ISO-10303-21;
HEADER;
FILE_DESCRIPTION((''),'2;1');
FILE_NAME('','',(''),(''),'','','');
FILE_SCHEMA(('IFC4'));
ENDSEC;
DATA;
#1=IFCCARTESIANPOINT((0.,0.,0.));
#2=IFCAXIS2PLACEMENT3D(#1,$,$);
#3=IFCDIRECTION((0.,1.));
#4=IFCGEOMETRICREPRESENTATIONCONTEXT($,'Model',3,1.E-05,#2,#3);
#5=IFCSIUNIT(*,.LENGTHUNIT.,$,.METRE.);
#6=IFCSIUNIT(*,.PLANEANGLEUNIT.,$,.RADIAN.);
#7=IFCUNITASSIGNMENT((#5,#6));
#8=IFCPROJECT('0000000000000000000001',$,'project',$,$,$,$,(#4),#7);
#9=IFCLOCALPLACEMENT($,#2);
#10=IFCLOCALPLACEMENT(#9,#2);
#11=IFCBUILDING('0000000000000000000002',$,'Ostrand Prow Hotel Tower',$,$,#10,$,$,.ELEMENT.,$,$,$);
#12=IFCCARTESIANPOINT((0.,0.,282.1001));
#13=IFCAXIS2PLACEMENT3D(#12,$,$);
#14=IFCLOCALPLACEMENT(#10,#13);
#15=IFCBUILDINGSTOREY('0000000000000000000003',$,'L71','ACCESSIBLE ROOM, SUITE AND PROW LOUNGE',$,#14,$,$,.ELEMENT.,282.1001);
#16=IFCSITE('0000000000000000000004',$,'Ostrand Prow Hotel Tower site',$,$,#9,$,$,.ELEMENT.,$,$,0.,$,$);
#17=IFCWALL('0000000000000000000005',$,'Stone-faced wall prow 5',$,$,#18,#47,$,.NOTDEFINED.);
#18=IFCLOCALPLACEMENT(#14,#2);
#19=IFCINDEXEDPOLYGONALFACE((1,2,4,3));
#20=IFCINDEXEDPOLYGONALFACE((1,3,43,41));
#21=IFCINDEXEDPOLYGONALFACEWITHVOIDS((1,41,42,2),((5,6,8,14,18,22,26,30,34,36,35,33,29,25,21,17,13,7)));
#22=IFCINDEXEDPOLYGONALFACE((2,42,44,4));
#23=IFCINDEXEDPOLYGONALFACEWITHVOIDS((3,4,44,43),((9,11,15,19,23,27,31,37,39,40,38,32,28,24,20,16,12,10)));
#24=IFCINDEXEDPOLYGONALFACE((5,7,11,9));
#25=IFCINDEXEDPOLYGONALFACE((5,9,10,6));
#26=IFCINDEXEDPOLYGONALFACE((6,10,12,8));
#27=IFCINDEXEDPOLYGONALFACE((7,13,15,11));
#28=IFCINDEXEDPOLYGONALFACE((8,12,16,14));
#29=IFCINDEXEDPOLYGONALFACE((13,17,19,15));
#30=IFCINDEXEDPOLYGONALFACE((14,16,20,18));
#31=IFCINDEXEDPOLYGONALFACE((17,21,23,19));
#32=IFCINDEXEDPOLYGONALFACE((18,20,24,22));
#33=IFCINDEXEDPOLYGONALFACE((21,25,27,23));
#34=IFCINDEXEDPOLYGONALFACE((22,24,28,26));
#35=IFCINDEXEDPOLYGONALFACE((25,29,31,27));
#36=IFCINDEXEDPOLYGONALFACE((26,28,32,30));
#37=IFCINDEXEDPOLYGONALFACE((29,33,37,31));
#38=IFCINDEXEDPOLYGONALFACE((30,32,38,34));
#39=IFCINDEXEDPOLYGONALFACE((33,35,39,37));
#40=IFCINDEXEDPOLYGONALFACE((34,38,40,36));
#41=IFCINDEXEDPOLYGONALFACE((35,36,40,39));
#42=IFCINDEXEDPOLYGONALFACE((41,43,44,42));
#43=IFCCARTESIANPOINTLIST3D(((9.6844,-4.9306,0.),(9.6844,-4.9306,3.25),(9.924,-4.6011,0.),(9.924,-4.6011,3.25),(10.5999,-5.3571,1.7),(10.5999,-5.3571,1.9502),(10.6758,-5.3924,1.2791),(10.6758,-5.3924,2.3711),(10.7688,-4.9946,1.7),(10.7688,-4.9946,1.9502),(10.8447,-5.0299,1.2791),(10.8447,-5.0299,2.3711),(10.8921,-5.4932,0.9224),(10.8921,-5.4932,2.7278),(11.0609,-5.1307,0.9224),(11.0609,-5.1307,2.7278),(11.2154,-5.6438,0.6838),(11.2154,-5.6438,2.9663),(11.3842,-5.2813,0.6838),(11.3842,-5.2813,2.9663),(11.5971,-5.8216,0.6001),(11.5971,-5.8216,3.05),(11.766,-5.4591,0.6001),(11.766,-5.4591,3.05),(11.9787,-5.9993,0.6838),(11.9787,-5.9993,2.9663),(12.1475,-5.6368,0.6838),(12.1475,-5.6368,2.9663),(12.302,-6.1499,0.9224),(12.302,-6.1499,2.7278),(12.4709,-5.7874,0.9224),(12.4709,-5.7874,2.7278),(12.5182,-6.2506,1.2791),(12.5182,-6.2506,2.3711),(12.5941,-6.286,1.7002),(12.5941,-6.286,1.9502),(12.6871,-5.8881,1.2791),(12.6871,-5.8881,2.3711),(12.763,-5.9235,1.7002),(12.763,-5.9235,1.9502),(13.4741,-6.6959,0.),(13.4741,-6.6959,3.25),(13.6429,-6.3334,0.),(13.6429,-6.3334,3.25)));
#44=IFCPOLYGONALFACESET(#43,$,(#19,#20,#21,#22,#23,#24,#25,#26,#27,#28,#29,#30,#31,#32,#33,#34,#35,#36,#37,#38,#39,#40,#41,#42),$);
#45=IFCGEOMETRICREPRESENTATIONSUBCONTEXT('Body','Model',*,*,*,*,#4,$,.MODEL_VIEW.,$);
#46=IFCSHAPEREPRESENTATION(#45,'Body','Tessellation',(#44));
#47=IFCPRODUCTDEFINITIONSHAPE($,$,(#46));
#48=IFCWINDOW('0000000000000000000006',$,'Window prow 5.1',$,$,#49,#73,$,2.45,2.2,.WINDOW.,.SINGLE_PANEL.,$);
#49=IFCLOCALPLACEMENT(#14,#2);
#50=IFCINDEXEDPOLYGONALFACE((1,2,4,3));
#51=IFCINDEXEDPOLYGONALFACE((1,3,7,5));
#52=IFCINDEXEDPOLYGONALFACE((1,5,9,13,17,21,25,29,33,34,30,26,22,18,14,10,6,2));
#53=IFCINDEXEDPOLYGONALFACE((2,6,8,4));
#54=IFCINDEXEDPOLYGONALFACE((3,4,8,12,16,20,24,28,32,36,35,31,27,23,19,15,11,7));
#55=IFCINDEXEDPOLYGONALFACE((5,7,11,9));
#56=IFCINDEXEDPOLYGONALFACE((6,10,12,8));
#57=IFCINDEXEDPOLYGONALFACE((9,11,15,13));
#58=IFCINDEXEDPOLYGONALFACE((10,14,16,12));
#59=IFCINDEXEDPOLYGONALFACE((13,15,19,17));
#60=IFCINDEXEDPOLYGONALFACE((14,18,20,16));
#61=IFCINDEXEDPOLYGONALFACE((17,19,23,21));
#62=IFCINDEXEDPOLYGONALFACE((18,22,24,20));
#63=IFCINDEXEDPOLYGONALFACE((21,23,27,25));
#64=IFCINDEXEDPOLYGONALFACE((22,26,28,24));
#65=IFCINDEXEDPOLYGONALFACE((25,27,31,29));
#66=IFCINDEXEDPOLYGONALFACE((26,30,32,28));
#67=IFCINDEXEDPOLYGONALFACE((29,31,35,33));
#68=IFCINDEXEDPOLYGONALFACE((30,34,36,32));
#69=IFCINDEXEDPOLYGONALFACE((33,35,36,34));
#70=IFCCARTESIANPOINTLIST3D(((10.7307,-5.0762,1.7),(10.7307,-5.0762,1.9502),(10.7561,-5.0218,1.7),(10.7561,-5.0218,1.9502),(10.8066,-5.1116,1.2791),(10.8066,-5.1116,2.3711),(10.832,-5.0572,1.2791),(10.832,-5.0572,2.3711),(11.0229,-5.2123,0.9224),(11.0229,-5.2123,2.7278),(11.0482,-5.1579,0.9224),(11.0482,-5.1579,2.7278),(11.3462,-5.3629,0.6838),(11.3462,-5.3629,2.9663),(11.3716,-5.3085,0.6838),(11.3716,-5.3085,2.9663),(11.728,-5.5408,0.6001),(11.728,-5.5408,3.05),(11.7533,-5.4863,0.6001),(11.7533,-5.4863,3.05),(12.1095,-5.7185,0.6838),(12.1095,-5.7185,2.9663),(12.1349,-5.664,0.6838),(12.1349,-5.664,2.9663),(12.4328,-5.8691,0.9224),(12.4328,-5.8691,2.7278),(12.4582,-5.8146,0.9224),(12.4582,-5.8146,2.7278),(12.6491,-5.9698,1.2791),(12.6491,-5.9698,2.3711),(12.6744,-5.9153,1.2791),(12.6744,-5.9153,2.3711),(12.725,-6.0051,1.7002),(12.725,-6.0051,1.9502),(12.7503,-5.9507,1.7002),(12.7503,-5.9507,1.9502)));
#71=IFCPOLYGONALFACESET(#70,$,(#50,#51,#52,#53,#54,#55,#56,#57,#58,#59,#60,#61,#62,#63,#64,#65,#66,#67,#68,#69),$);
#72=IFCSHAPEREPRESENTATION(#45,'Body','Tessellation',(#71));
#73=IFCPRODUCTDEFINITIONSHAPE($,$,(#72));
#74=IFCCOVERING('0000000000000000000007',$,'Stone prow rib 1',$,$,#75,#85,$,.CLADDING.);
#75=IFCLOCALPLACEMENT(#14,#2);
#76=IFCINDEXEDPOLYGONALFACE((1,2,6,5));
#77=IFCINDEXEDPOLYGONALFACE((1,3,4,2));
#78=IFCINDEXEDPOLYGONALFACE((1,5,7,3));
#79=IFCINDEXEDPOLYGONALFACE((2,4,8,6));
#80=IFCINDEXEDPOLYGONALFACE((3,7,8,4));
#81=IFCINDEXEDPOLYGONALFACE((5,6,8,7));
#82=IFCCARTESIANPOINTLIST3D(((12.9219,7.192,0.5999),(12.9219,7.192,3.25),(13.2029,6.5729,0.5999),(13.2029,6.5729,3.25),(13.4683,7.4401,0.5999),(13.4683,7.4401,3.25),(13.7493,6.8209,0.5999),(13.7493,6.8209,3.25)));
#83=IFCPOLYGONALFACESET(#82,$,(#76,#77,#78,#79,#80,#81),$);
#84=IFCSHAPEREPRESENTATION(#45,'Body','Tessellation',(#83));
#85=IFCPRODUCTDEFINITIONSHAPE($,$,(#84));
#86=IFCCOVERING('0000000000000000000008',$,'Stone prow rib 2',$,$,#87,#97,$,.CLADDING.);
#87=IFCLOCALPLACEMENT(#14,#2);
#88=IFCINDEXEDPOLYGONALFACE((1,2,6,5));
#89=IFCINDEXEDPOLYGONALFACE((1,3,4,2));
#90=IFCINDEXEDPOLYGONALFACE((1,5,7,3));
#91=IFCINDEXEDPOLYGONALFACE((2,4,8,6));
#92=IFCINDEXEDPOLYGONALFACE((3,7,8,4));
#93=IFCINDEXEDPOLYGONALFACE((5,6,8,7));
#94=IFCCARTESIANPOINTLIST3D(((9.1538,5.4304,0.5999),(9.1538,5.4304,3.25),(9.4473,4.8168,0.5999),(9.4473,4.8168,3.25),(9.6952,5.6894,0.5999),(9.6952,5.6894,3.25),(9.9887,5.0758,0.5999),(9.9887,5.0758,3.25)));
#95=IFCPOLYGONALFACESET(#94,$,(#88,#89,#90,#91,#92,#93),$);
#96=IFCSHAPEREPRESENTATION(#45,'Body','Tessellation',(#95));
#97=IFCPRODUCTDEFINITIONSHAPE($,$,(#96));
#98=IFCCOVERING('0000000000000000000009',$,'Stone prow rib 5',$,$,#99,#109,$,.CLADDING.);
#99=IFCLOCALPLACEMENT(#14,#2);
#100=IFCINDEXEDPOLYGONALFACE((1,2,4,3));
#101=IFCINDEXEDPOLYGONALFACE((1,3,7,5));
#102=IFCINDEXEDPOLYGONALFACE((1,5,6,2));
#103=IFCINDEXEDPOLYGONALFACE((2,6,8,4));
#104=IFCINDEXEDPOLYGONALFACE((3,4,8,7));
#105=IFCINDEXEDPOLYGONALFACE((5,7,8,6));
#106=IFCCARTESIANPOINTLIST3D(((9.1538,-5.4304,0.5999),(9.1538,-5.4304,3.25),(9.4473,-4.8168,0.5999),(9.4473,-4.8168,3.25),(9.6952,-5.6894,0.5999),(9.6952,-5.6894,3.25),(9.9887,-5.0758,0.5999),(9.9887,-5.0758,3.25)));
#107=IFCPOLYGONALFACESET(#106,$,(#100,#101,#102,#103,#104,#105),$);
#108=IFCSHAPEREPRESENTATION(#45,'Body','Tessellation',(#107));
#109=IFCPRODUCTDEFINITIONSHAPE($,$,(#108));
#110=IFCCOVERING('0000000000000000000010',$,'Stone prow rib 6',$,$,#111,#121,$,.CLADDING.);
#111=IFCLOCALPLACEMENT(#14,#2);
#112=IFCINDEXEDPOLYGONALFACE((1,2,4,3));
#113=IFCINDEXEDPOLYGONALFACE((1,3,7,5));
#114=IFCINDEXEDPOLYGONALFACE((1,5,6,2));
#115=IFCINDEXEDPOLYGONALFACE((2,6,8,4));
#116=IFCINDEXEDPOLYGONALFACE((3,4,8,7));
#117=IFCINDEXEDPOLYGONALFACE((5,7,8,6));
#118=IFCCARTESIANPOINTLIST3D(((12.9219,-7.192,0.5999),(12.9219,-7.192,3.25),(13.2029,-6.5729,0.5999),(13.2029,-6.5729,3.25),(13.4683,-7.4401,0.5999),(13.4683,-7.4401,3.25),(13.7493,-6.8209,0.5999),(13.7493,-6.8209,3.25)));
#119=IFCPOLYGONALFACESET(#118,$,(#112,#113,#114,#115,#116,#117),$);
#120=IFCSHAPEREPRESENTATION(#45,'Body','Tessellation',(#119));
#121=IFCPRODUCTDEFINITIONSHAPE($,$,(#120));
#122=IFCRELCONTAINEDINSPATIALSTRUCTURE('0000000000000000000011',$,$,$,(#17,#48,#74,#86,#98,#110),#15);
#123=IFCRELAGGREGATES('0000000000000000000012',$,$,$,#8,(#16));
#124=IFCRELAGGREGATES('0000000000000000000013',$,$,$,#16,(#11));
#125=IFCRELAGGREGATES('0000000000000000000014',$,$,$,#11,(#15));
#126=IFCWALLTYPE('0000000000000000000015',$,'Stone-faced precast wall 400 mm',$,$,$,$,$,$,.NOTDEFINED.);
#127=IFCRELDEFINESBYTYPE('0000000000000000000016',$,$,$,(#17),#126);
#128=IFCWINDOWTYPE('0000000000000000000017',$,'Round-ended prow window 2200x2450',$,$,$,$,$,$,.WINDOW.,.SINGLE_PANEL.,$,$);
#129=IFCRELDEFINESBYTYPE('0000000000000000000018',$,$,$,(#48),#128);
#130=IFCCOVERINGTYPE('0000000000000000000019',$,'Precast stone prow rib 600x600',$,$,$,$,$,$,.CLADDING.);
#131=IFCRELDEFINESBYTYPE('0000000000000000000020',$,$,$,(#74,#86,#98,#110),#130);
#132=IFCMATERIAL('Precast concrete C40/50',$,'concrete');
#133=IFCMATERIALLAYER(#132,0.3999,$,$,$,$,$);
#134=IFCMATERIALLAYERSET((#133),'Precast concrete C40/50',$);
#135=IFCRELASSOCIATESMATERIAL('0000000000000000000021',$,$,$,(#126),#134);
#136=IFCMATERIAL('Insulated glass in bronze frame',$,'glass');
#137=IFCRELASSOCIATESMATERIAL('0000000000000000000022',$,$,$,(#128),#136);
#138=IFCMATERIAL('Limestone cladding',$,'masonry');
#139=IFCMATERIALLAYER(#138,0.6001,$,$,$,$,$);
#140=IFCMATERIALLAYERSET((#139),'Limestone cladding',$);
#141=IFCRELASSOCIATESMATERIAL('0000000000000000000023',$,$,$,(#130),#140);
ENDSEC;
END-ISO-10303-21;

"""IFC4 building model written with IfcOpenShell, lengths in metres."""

from ifc_helpers import new_model, si_unit, direction, frame, frame_2d, origin, place, context, subcontext, project, spatial, polyline, rectangle, outline, extrude, material, layer, layer_set, type_object, element, fill, save


model = new_model("IFC4")

# Units and contexts
model_context = context("Model", 3, precision=1e-05, world=origin(), true_north=direction((0.0, 1.0)))
body_context = subcontext(model_context, "Body", "Model", "MODEL_VIEW")
ifc_project = project(units=[si_unit("LENGTHUNIT", "METRE"), si_unit("PLANEANGLEUNIT", "RADIAN")], contexts=[model_context])

# Site, building, storey
site_placement = place(None, origin())
site = spatial("IfcSite", under=ifc_project, at=site_placement, Name="Ostrand Prow Hotel Tower site", CompositionType="ELEMENT", RefElevation=0.0)
building_placement = place(site_placement, origin())
building = spatial("IfcBuilding", under=site, at=building_placement, Name="Ostrand Prow Hotel Tower", CompositionType="ELEMENT")
storey_placement = place(building_placement, frame((0.0, 0.0, 282.1001)))
storey = spatial("IfcBuildingStorey", under=building, at=storey_placement, Name="L71", Description="ACCESSIBLE ROOM, SUITE AND PROW LOUNGE", CompositionType="ELEMENT", Elevation=282.1001)

# Wall, opening, window
ifc_material_1 = material(Name="Precast concrete C40/50", Category="concrete")
ifc_layer_1 = layer(ifc_material_1, 0.3999)
ifc_layer_set_1 = layer_set([ifc_layer_1], Name="Precast concrete C40/50")
wall_type_1 = type_object("IfcWallType", Name="Stone-faced precast wall 400 mm", PredefinedType="NOTDEFINED", material=ifc_layer_set_1)
ifc_material_2 = material(Name="Insulated glass in bronze frame", Category="glass")
window_type = type_object("IfcWindowType", Name="Round-ended prow window 2200x2450", PartitioningType="SINGLE_PANEL", PredefinedType="WINDOW", material=ifc_material_2)
wall_1_placement = place(storey_placement, frame((9.8042, -4.7659, 0.0), z_axis=(0.0, 0.0, 1.0), x_axis=(0.906486, -0.422237, 0.0)))
wall_1 = element("IfcWall", 1, at=wall_1_placement, inside=storey, type_object=wall_type_1, Name="Stone-faced wall prow 5", PredefinedType="NOTDEFINED", context=body_context, shape_type="SweptSolid", body=[
    extrude(outline(polyline([(-0.0391, -0.2), (4.1416, -0.2), (4.1416, 0.2), (0.0391, 0.2), (-0.0391, -0.2)])), origin(), (0.0, 0.0, 1.0), 3.25),
])
opening_1_placement = place(wall_1_placement, frame((0.9709, 0.0, 0.6001)))
opening_1 = element("IfcOpeningElement", 2, at=opening_1_placement, cuts=wall_1, PredefinedType="OPENING", context=body_context, shape_type="SweptSolid", body=[
    extrude(outline(polyline([(0.0, 1.3501), (0.0837, 1.771), (0.3223, 2.1277), (0.679, 2.3662), (1.1001, 2.45), (1.521, 2.3662), (1.8777, 2.1277), (2.1162, 1.771), (2.2, 1.3501), (2.2, 1.1001), (2.1162, 0.679), (1.8777, 0.3223), (1.521, 0.0837), (1.1001, 0.0), (0.679, 0.0837), (0.3223, 0.3223), (0.0837, 0.679), (0.0, 1.0999), (0.0, 1.3501)])), frame((0.0, 0.21, 0.0), z_axis=(0.0, -1.0, 0.0), x_axis=(1.0, 0.0, 0.0)), (0.0, 0.0, 1.0), 0.4199),
])
window_1_placement = place(opening_1_placement, origin())
window_1 = element("IfcWindow", 3, at=window_1_placement, inside=storey, type_object=window_type, Name="Window prow 5.1", OverallHeight=2.45, OverallWidth=2.2, PartitioningType="SINGLE_PANEL", PredefinedType="WINDOW", context=body_context, shape_type="SweptSolid", body=[
    extrude(outline(polyline([(0.0, 1.3501), (0.0837, 1.771), (0.3223, 2.1277), (0.679, 2.3662), (1.1001, 2.45), (1.521, 2.3662), (1.8777, 2.1277), (2.1162, 1.771), (2.2, 1.3501), (2.2, 1.1001), (2.1162, 0.679), (1.8777, 0.3223), (1.521, 0.0837), (1.1001, 0.0), (0.679, 0.0837), (0.3223, 0.3223), (0.0837, 0.679), (0.0, 1.0999), (0.0, 1.3501)])), frame((0.0, 0.1699, 0.0), z_axis=(0.0, -1.0, 0.0), x_axis=(1.0, 0.0, 0.0)), (0.0, 0.0, 1.0), 0.0601),
])
fill(opening_1, window_1)

# Coverings
ifc_material_3 = material(Name="Limestone cladding", Category="masonry")
ifc_layer_2 = layer(ifc_material_3, 0.6001)
ifc_layer_set_2 = layer_set([ifc_layer_2], Name="Limestone cladding")
covering_type = type_object("IfcCoveringType", Name="Precast stone prow rib 600x600", PredefinedType="CLADDING", material=ifc_layer_set_2)
covering_1_placement = place(storey_placement, frame((13.4761, 6.697, 0.5999), z_axis=(0.0, 0.0, 1.0), x_axis=(-0.413289, 0.9106, 0.0)))
element("IfcCovering", 4, at=covering_1_placement, inside=storey, type_object=covering_type, Name="Stone prow rib 1", PredefinedType="CLADDING", context=body_context, shape_type="SweptSolid", body=[
    extrude(rectangle(XDim=0.6799, YDim=0.6001, at=frame_2d((0.3398, 0.0))), origin(), (0.0, 0.0, 1.0), 2.6501),
])
for number, where, z_axis, x_axis, name in (
    (5, (9.718, 4.9463, 0.5999), (0.0, 0.0, 1.0), (-0.431494, 0.902116, 0.0), "Stone prow rib 2"),
    (6, (9.718, -4.9463, 0.5999), (0.0, 0.0, 1.0), (-0.431494, -0.902116, 0.0), "Stone prow rib 5"),
):
    element("IfcCovering", number, at=place(storey_placement, frame(where, z_axis=z_axis, x_axis=x_axis)), inside=storey, type_object=covering_type, Name=name, PredefinedType="CLADDING", context=body_context, shape_type="SweptSolid", body=[
        extrude(rectangle(XDim=0.6802, YDim=0.6001, at=frame_2d((0.3401, 0.0))), origin(), (0.0, 0.0, 1.0), 2.6501),
    ])
covering_2_placement = place(storey_placement, frame((13.4761, -6.697, 0.5999), z_axis=(0.0, 0.0, 1.0), x_axis=(-0.413289, -0.9106, 0.0)))
element("IfcCovering", 7, at=covering_2_placement, inside=storey, type_object=covering_type, Name="Stone prow rib 6", PredefinedType="CLADDING", context=body_context, shape_type="SweptSolid", body=[
    extrude(rectangle(XDim=0.6799, YDim=0.6001, at=frame_2d((0.3398, 0.0))), origin(), (0.0, 0.0, 1.0), 2.6501),
])

save(model, "model.ifc")
